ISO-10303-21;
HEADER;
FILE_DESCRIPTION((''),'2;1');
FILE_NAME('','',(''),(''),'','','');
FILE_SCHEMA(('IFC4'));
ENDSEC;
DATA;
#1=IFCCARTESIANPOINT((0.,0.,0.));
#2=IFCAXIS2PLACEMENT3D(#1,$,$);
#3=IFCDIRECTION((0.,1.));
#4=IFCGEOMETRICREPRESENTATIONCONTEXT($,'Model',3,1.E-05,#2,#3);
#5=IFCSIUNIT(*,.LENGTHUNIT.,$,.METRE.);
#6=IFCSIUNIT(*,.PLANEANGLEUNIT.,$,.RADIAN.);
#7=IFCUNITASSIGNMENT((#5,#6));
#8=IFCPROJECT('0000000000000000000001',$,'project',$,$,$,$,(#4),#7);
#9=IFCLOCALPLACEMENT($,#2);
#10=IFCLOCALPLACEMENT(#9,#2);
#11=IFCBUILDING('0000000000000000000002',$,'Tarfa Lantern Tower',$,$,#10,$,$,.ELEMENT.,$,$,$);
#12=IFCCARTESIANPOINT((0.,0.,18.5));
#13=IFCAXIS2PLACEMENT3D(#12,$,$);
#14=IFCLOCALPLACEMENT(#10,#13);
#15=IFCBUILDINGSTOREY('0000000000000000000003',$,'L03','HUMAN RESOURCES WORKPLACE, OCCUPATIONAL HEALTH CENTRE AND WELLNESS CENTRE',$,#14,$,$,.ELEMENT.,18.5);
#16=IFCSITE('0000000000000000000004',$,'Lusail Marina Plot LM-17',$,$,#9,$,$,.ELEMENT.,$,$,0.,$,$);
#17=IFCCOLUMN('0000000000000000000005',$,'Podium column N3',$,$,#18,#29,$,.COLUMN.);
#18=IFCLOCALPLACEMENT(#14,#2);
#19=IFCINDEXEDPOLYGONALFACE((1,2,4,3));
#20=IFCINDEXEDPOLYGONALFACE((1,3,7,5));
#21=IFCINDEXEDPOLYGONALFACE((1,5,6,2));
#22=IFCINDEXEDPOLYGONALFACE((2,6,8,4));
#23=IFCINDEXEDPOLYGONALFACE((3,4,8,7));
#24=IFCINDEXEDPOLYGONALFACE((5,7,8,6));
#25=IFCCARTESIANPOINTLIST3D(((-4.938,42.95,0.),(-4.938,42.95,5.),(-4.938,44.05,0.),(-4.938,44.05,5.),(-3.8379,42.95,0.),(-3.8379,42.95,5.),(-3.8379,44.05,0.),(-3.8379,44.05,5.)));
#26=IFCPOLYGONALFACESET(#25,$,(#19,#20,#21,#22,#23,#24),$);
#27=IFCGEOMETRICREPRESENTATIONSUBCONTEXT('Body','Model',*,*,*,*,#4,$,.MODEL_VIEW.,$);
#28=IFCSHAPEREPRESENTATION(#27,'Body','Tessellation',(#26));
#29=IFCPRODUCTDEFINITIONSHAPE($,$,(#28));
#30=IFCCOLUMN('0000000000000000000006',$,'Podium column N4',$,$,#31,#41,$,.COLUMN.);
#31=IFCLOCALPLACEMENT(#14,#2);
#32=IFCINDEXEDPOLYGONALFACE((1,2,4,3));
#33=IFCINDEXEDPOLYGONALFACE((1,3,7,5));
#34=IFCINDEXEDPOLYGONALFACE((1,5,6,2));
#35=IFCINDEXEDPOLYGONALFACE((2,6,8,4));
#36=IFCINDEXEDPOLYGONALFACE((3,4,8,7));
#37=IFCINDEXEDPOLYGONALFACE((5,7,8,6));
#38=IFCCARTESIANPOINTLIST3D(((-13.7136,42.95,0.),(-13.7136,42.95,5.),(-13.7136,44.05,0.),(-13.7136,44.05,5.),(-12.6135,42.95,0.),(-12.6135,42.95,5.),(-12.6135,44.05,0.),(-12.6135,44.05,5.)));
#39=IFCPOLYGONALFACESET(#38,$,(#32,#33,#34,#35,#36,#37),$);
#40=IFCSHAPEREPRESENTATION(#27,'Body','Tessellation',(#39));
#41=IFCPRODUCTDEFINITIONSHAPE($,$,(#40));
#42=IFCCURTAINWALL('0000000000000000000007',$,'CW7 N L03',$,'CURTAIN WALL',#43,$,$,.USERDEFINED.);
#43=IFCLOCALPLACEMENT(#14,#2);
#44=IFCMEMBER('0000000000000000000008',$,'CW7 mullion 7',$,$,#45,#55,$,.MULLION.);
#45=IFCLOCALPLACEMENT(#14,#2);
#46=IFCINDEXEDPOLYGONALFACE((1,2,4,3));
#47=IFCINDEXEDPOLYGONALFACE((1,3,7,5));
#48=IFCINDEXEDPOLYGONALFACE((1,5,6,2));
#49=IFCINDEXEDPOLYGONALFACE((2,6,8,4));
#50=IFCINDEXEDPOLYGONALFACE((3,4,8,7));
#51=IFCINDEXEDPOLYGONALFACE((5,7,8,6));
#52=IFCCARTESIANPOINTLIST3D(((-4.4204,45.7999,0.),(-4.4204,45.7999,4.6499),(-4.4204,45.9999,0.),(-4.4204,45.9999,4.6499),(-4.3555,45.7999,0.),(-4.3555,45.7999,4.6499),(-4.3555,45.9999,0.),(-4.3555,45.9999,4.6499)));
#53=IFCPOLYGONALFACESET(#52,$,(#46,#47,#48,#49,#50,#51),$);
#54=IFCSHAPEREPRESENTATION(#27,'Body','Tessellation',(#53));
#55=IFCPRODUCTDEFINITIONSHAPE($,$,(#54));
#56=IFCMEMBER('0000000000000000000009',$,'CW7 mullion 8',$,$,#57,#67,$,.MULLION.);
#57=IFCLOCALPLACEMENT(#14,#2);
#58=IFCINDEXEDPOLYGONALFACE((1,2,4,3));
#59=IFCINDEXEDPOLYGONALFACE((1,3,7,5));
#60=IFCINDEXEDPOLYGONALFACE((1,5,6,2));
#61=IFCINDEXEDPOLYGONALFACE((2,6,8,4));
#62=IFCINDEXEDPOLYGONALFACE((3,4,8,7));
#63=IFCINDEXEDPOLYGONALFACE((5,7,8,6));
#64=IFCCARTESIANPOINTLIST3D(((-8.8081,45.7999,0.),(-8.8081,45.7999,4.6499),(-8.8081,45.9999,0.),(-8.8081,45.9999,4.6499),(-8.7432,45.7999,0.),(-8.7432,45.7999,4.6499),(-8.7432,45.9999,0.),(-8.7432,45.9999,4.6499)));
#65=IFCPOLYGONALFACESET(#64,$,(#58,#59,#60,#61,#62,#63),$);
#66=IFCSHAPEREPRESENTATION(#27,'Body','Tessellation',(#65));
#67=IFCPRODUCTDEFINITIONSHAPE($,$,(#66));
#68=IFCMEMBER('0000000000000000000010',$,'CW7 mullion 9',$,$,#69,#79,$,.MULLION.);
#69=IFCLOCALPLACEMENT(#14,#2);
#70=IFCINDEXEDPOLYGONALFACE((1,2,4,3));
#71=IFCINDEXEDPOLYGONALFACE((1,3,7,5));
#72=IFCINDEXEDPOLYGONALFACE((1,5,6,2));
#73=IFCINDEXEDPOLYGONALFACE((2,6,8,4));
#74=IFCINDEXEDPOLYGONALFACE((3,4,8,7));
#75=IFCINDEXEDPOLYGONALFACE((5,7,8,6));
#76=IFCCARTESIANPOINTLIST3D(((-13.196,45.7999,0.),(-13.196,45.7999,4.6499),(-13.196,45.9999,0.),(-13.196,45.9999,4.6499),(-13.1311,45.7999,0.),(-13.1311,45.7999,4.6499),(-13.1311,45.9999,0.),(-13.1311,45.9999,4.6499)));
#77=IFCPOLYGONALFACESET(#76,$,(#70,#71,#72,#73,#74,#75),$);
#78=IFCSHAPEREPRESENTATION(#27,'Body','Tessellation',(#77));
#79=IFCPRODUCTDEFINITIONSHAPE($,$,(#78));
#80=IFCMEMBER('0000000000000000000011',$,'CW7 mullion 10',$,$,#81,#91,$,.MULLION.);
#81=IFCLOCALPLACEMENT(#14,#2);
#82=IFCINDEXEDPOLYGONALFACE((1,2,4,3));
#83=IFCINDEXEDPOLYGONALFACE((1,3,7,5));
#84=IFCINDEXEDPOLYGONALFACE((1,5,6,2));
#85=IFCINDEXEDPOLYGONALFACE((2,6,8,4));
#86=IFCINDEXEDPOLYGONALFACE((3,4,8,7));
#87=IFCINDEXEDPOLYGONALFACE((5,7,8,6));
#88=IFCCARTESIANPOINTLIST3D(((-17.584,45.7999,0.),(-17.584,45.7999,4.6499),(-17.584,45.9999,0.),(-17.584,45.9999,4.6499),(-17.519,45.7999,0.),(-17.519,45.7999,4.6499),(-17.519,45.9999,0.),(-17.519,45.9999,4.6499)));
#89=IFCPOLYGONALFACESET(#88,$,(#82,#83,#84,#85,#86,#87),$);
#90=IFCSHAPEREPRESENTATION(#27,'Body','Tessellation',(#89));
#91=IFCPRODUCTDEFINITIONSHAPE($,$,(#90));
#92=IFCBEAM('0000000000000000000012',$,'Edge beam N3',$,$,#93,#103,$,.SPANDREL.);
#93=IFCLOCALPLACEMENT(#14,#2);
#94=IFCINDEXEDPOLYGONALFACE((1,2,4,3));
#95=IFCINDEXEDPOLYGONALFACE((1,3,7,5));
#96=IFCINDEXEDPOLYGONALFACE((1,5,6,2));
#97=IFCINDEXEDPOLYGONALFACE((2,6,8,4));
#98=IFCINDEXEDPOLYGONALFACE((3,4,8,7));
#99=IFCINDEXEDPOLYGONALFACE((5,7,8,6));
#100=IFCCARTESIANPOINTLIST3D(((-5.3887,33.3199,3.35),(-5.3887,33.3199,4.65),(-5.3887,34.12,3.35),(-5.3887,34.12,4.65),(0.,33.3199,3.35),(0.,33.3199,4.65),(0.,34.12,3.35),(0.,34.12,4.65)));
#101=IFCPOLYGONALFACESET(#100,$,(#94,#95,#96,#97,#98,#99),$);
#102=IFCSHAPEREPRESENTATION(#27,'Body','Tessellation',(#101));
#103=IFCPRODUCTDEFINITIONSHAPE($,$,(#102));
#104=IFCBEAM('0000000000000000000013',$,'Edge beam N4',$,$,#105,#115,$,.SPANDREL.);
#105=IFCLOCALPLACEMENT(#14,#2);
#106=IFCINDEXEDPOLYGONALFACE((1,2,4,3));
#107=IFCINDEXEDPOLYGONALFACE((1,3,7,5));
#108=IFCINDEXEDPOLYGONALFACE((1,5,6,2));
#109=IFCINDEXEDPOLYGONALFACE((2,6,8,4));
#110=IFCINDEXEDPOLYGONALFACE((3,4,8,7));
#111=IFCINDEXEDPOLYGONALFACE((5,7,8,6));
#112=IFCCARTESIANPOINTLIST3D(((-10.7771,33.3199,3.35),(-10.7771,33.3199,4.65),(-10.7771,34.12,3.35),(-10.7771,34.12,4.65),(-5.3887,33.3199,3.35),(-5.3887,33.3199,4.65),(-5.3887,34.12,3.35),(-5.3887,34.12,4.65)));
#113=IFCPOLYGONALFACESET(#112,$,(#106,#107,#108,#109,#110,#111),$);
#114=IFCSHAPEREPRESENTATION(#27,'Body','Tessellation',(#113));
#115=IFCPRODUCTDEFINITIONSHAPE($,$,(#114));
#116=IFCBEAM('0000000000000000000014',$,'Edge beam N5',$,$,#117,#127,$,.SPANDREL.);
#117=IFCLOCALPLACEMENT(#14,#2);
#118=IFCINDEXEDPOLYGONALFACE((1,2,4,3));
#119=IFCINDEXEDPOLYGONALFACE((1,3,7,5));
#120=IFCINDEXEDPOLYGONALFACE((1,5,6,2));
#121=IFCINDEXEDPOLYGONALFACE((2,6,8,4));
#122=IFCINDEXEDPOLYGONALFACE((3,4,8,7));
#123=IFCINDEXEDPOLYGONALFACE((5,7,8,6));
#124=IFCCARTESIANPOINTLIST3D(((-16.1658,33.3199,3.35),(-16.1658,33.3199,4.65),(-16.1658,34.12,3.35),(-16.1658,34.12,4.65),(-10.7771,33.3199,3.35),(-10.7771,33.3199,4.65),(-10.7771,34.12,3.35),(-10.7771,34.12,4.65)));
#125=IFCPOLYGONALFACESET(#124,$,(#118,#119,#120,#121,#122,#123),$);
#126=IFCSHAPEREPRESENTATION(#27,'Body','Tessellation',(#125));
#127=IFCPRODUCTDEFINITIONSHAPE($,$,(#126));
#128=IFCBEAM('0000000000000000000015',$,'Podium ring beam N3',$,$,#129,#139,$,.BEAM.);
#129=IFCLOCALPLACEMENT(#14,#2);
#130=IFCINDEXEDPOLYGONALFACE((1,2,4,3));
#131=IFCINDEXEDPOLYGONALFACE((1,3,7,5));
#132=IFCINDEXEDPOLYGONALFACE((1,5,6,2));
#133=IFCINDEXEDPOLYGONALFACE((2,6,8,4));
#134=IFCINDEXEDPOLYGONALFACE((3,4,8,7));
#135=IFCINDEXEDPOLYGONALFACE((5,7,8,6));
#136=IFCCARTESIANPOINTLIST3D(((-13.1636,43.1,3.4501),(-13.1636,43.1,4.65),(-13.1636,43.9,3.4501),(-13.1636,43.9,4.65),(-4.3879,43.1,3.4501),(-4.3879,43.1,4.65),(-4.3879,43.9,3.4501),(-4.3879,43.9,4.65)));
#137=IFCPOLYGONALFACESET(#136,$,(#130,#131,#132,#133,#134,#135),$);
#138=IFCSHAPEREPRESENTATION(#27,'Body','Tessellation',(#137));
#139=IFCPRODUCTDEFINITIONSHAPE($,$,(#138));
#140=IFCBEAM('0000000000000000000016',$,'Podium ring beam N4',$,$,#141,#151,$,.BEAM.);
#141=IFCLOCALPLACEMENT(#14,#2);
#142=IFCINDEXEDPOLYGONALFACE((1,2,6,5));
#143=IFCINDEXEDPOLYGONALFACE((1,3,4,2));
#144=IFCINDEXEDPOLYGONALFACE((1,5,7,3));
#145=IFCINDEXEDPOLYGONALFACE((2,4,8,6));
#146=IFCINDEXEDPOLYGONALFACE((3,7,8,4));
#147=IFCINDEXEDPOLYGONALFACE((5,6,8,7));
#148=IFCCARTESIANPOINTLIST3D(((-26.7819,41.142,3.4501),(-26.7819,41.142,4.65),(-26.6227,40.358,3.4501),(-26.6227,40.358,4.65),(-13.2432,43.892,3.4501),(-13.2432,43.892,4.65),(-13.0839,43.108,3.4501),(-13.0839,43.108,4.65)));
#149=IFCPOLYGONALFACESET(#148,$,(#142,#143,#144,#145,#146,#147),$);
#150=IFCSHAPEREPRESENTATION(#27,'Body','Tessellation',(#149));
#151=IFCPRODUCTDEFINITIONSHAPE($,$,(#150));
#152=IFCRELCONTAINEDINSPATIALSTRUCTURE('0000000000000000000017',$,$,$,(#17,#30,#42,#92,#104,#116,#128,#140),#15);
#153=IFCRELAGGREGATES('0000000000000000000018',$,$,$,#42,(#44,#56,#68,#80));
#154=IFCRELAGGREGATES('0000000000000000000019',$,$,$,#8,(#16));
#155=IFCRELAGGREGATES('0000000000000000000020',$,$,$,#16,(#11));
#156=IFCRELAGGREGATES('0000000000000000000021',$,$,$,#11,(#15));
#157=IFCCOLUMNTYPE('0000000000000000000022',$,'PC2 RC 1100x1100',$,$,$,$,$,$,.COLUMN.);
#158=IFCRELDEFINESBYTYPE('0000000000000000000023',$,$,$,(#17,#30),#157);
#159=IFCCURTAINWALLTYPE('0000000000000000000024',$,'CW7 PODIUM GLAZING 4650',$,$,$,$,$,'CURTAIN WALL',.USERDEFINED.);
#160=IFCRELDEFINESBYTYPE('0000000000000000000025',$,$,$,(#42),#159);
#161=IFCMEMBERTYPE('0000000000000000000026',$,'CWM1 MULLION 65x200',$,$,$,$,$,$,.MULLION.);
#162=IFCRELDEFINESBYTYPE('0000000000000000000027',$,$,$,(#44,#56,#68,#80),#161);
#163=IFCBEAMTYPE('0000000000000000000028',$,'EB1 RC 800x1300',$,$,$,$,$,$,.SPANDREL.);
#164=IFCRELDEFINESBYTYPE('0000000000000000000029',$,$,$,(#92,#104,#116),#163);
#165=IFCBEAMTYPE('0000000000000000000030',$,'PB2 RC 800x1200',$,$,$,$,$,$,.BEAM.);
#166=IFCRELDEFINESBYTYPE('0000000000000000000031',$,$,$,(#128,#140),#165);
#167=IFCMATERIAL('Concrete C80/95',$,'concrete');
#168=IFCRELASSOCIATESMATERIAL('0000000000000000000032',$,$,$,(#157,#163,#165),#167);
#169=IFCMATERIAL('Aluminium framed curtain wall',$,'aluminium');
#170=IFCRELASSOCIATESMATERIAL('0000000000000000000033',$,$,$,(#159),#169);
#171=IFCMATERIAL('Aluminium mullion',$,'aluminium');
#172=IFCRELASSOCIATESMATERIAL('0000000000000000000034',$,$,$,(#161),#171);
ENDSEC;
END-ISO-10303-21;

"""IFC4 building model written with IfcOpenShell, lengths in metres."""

from ifc_helpers import new_model, si_unit, direction, frame, origin, origin_2d, place, context, subcontext, project, spatial, rectangle, extrude, material, material_profile, profile_set, type_object, element, aggregate, save


model = new_model("IFC4")

# Units and contexts
model_context = context("Model", 3, precision=1e-05, world=origin(), true_north=direction((0.0, 1.0)))
body_context = subcontext(model_context, "Body", "Model", "MODEL_VIEW")
ifc_project = project(units=[si_unit("LENGTHUNIT", "METRE"), si_unit("PLANEANGLEUNIT", "RADIAN")], contexts=[model_context])

# Site, building, storey
site_placement = place(None, origin())
site = spatial("IfcSite", under=ifc_project, at=site_placement, Name="Lusail Marina Plot LM-17", CompositionType="ELEMENT", RefElevation=0.0)
building_placement = place(site_placement, origin())
building = spatial("IfcBuilding", under=site, at=building_placement, Name="Tarfa Lantern Tower", CompositionType="ELEMENT")
storey_placement = place(building_placement, frame((0.0, 0.0, 18.5)))
storey = spatial("IfcBuildingStorey", under=building, at=storey_placement, Name="L03", Description="HUMAN RESOURCES WORKPLACE, OCCUPATIONAL HEALTH CENTRE AND WELLNESS CENTRE", CompositionType="ELEMENT", Elevation=18.5)

# Columns
ifc_material_1 = material(Name="Concrete C80/95", Category="concrete")
ifc_material_profile_1 = material_profile(ifc_material_1, rectangle(XDim=1.1001, YDim=1.1001, at=origin_2d()), Name="RC 1100x1100")
ifc_profile_set_1 = profile_set([ifc_material_profile_1], Name="Concrete C80/95")
column_type = type_object("IfcColumnType", Name="PC2 RC 1100x1100", PredefinedType="COLUMN", material=ifc_profile_set_1)
for number, where, z_axis, x_axis, name in (
    (1, (-4.3879, 43.5, 0.0), (0.0, 0.0, 1.0), (-1.0, 0.0, 0.0), "Podium column N3"),
    (2, (-13.1636, 43.5, 0.0), (0.0, 0.0, 1.0), (-1.0, 0.0, 0.0), "Podium column N4"),
):
    element("IfcColumn", number, at=place(storey_placement, frame(where, z_axis=z_axis, x_axis=x_axis)), inside=storey, type_object=column_type, Name=name, PredefinedType="COLUMN", context=body_context, shape_type="SweptSolid", body=[
        extrude(rectangle(XDim=1.1001, YDim=1.1001, at=origin_2d()), origin(), (0.0, 0.0, 1.0), 5.0),
    ])

# Curtain wall, members
ifc_material_2 = material(Name="Aluminium framed curtain wall", Category="aluminium")
curtain_wall_type = type_object("IfcCurtainWallType", Name="CW7 PODIUM GLAZING 4650", ElementType="CURTAIN WALL", PredefinedType="USERDEFINED", material=ifc_material_2)
curtain_wall_placement = place(storey_placement, origin())
curtain_wall = element("IfcCurtainWall", 3, at=curtain_wall_placement, inside=storey, type_object=curtain_wall_type, Name="CW7 N L03", ObjectType="CURTAIN WALL", PredefinedType="USERDEFINED")
ifc_material_3 = material(Name="Aluminium mullion", Category="aluminium")
ifc_material_profile_2 = material_profile(ifc_material_3, rectangle(XDim=0.0649, YDim=0.2, at=origin_2d()), Name="AL MULLION 65x200")
ifc_profile_set_2 = profile_set([ifc_material_profile_2], Name="Aluminium mullion")
member_type = type_object("IfcMemberType", Name="CWM1 MULLION 65x200", PredefinedType="MULLION", material=ifc_profile_set_2)
member_1_placement = place(storey_placement, frame((-4.3879, 45.8999, 0.0), z_axis=(0.0, 0.0, 1.0), x_axis=(1.0, 0.0, 0.0)))
member_1 = element("IfcMember", 4, at=member_1_placement, type_object=member_type, Name="CW7 mullion 7", PredefinedType="MULLION", context=body_context, shape_type="SweptSolid", body=[
    extrude(rectangle(XDim=0.0649, YDim=0.2, at=origin_2d()), origin(), (0.0, 0.0, 1.0), 4.6499),
])
member_2_placement = place(storey_placement, frame((-8.7756, 45.8999, 0.0), z_axis=(0.0, 0.0, 1.0), x_axis=(1.0, 0.0, 0.0)))
member_2 = element("IfcMember", 5, at=member_2_placement, type_object=member_type, Name="CW7 mullion 8", PredefinedType="MULLION", context=body_context, shape_type="SweptSolid", body=[
    extrude(rectangle(XDim=0.0649, YDim=0.2, at=origin_2d()), origin(), (0.0, 0.0, 1.0), 4.6499),
])
member_3_placement = place(storey_placement, frame((-13.1636, 45.8999, 0.0), z_axis=(0.0, 0.0, 1.0), x_axis=(1.0, 0.0, 0.0)))
member_3 = element("IfcMember", 6, at=member_3_placement, type_object=member_type, Name="CW7 mullion 9", PredefinedType="MULLION", context=body_context, shape_type="SweptSolid", body=[
    extrude(rectangle(XDim=0.0649, YDim=0.2, at=origin_2d()), origin(), (0.0, 0.0, 1.0), 4.6499),
])
member_4_placement = place(storey_placement, frame((-17.5515, 45.8999, 0.0), z_axis=(0.0, 0.0, 1.0), x_axis=(1.0, 0.0, 0.0)))
member_4 = element("IfcMember", 7, at=member_4_placement, type_object=member_type, Name="CW7 mullion 10", PredefinedType="MULLION", context=body_context, shape_type="SweptSolid", body=[
    extrude(rectangle(XDim=0.0649, YDim=0.2, at=origin_2d()), origin(), (0.0, 0.0, 1.0), 4.6499),
])

# Beams
ifc_material_profile_3 = material_profile(ifc_material_1, rectangle(XDim=0.8, YDim=1.3, at=origin_2d()), Name="RC 800x1300")
ifc_profile_set_3 = profile_set([ifc_material_profile_3], Name="Concrete C80/95")
beam_type_1 = type_object("IfcBeamType", Name="EB1 RC 800x1300", PredefinedType="SPANDREL", material=ifc_profile_set_3)
beam_1_placement = place(storey_placement, frame((0.0, 33.72, 4.0), z_axis=(-1.0, 0.0, 0.0), x_axis=(0.0, -1.0, 0.0)))
element("IfcBeam", 8, at=beam_1_placement, inside=storey, type_object=beam_type_1, Name="Edge beam N3", PredefinedType="SPANDREL", context=body_context, shape_type="SweptSolid", body=[
    extrude(rectangle(XDim=0.8, YDim=1.3, at=origin_2d()), origin(), (0.0, 0.0, 1.0), 5.3887),
])
beam_2_placement = place(storey_placement, frame((-5.3887, 33.72, 4.0), z_axis=(-1.0, 0.0, 0.0), x_axis=(0.0, -1.0, 0.0)))
element("IfcBeam", 9, at=beam_2_placement, inside=storey, type_object=beam_type_1, Name="Edge beam N4", PredefinedType="SPANDREL", context=body_context, shape_type="SweptSolid", body=[
    extrude(rectangle(XDim=0.8, YDim=1.3, at=origin_2d()), origin(), (0.0, 0.0, 1.0), 5.3884),
])
beam_3_placement = place(storey_placement, frame((-10.7771, 33.72, 4.0), z_axis=(-1.0, 0.0, 0.0), x_axis=(0.0, -1.0, 0.0)))
element("IfcBeam", 10, at=beam_3_placement, inside=storey, type_object=beam_type_1, Name="Edge beam N5", PredefinedType="SPANDREL", context=body_context, shape_type="SweptSolid", body=[
    extrude(rectangle(XDim=0.8, YDim=1.3, at=origin_2d()), origin(), (0.0, 0.0, 1.0), 5.3887),
])
ifc_material_profile_4 = material_profile(ifc_material_1, rectangle(XDim=0.8, YDim=1.2, at=origin_2d()), Name="RC 800x1200")
ifc_profile_set_4 = profile_set([ifc_material_profile_4], Name="Concrete C80/95")
beam_type_2 = type_object("IfcBeamType", Name="PB2 RC 800x1200", PredefinedType="BEAM", material=ifc_profile_set_4)
beam_4_placement = place(storey_placement, frame((-4.3879, 43.5, 4.05), z_axis=(-1.0, 0.0, 0.0), x_axis=(0.0, -1.0, 0.0)))
element("IfcBeam", 11, at=beam_4_placement, inside=storey, type_object=beam_type_2, Name="Podium ring beam N3", PredefinedType="BEAM", context=body_context, shape_type="SweptSolid", body=[
    extrude(rectangle(XDim=0.8, YDim=1.2, at=origin_2d()), origin(), (0.0, 0.0, 1.0), 8.7756),
])
beam_5_placement = place(storey_placement, frame((-13.1636, 43.5, 4.05), z_axis=(-0.979988, -0.199055, 0.0), x_axis=(0.199055, -0.979988, 0.0)))
element("IfcBeam", 12, at=beam_5_placement, inside=storey, type_object=beam_type_2, Name="Podium ring beam N4", PredefinedType="BEAM", context=body_context, shape_type="SweptSolid", body=[
    extrude(rectangle(XDim=0.8, YDim=1.2, at=origin_2d()), origin(), (0.0, 0.0, 1.0), 13.8152),
])

aggregate(curtain_wall, [member_1, member_2, member_3, member_4])

save(model, "model.ifc")
